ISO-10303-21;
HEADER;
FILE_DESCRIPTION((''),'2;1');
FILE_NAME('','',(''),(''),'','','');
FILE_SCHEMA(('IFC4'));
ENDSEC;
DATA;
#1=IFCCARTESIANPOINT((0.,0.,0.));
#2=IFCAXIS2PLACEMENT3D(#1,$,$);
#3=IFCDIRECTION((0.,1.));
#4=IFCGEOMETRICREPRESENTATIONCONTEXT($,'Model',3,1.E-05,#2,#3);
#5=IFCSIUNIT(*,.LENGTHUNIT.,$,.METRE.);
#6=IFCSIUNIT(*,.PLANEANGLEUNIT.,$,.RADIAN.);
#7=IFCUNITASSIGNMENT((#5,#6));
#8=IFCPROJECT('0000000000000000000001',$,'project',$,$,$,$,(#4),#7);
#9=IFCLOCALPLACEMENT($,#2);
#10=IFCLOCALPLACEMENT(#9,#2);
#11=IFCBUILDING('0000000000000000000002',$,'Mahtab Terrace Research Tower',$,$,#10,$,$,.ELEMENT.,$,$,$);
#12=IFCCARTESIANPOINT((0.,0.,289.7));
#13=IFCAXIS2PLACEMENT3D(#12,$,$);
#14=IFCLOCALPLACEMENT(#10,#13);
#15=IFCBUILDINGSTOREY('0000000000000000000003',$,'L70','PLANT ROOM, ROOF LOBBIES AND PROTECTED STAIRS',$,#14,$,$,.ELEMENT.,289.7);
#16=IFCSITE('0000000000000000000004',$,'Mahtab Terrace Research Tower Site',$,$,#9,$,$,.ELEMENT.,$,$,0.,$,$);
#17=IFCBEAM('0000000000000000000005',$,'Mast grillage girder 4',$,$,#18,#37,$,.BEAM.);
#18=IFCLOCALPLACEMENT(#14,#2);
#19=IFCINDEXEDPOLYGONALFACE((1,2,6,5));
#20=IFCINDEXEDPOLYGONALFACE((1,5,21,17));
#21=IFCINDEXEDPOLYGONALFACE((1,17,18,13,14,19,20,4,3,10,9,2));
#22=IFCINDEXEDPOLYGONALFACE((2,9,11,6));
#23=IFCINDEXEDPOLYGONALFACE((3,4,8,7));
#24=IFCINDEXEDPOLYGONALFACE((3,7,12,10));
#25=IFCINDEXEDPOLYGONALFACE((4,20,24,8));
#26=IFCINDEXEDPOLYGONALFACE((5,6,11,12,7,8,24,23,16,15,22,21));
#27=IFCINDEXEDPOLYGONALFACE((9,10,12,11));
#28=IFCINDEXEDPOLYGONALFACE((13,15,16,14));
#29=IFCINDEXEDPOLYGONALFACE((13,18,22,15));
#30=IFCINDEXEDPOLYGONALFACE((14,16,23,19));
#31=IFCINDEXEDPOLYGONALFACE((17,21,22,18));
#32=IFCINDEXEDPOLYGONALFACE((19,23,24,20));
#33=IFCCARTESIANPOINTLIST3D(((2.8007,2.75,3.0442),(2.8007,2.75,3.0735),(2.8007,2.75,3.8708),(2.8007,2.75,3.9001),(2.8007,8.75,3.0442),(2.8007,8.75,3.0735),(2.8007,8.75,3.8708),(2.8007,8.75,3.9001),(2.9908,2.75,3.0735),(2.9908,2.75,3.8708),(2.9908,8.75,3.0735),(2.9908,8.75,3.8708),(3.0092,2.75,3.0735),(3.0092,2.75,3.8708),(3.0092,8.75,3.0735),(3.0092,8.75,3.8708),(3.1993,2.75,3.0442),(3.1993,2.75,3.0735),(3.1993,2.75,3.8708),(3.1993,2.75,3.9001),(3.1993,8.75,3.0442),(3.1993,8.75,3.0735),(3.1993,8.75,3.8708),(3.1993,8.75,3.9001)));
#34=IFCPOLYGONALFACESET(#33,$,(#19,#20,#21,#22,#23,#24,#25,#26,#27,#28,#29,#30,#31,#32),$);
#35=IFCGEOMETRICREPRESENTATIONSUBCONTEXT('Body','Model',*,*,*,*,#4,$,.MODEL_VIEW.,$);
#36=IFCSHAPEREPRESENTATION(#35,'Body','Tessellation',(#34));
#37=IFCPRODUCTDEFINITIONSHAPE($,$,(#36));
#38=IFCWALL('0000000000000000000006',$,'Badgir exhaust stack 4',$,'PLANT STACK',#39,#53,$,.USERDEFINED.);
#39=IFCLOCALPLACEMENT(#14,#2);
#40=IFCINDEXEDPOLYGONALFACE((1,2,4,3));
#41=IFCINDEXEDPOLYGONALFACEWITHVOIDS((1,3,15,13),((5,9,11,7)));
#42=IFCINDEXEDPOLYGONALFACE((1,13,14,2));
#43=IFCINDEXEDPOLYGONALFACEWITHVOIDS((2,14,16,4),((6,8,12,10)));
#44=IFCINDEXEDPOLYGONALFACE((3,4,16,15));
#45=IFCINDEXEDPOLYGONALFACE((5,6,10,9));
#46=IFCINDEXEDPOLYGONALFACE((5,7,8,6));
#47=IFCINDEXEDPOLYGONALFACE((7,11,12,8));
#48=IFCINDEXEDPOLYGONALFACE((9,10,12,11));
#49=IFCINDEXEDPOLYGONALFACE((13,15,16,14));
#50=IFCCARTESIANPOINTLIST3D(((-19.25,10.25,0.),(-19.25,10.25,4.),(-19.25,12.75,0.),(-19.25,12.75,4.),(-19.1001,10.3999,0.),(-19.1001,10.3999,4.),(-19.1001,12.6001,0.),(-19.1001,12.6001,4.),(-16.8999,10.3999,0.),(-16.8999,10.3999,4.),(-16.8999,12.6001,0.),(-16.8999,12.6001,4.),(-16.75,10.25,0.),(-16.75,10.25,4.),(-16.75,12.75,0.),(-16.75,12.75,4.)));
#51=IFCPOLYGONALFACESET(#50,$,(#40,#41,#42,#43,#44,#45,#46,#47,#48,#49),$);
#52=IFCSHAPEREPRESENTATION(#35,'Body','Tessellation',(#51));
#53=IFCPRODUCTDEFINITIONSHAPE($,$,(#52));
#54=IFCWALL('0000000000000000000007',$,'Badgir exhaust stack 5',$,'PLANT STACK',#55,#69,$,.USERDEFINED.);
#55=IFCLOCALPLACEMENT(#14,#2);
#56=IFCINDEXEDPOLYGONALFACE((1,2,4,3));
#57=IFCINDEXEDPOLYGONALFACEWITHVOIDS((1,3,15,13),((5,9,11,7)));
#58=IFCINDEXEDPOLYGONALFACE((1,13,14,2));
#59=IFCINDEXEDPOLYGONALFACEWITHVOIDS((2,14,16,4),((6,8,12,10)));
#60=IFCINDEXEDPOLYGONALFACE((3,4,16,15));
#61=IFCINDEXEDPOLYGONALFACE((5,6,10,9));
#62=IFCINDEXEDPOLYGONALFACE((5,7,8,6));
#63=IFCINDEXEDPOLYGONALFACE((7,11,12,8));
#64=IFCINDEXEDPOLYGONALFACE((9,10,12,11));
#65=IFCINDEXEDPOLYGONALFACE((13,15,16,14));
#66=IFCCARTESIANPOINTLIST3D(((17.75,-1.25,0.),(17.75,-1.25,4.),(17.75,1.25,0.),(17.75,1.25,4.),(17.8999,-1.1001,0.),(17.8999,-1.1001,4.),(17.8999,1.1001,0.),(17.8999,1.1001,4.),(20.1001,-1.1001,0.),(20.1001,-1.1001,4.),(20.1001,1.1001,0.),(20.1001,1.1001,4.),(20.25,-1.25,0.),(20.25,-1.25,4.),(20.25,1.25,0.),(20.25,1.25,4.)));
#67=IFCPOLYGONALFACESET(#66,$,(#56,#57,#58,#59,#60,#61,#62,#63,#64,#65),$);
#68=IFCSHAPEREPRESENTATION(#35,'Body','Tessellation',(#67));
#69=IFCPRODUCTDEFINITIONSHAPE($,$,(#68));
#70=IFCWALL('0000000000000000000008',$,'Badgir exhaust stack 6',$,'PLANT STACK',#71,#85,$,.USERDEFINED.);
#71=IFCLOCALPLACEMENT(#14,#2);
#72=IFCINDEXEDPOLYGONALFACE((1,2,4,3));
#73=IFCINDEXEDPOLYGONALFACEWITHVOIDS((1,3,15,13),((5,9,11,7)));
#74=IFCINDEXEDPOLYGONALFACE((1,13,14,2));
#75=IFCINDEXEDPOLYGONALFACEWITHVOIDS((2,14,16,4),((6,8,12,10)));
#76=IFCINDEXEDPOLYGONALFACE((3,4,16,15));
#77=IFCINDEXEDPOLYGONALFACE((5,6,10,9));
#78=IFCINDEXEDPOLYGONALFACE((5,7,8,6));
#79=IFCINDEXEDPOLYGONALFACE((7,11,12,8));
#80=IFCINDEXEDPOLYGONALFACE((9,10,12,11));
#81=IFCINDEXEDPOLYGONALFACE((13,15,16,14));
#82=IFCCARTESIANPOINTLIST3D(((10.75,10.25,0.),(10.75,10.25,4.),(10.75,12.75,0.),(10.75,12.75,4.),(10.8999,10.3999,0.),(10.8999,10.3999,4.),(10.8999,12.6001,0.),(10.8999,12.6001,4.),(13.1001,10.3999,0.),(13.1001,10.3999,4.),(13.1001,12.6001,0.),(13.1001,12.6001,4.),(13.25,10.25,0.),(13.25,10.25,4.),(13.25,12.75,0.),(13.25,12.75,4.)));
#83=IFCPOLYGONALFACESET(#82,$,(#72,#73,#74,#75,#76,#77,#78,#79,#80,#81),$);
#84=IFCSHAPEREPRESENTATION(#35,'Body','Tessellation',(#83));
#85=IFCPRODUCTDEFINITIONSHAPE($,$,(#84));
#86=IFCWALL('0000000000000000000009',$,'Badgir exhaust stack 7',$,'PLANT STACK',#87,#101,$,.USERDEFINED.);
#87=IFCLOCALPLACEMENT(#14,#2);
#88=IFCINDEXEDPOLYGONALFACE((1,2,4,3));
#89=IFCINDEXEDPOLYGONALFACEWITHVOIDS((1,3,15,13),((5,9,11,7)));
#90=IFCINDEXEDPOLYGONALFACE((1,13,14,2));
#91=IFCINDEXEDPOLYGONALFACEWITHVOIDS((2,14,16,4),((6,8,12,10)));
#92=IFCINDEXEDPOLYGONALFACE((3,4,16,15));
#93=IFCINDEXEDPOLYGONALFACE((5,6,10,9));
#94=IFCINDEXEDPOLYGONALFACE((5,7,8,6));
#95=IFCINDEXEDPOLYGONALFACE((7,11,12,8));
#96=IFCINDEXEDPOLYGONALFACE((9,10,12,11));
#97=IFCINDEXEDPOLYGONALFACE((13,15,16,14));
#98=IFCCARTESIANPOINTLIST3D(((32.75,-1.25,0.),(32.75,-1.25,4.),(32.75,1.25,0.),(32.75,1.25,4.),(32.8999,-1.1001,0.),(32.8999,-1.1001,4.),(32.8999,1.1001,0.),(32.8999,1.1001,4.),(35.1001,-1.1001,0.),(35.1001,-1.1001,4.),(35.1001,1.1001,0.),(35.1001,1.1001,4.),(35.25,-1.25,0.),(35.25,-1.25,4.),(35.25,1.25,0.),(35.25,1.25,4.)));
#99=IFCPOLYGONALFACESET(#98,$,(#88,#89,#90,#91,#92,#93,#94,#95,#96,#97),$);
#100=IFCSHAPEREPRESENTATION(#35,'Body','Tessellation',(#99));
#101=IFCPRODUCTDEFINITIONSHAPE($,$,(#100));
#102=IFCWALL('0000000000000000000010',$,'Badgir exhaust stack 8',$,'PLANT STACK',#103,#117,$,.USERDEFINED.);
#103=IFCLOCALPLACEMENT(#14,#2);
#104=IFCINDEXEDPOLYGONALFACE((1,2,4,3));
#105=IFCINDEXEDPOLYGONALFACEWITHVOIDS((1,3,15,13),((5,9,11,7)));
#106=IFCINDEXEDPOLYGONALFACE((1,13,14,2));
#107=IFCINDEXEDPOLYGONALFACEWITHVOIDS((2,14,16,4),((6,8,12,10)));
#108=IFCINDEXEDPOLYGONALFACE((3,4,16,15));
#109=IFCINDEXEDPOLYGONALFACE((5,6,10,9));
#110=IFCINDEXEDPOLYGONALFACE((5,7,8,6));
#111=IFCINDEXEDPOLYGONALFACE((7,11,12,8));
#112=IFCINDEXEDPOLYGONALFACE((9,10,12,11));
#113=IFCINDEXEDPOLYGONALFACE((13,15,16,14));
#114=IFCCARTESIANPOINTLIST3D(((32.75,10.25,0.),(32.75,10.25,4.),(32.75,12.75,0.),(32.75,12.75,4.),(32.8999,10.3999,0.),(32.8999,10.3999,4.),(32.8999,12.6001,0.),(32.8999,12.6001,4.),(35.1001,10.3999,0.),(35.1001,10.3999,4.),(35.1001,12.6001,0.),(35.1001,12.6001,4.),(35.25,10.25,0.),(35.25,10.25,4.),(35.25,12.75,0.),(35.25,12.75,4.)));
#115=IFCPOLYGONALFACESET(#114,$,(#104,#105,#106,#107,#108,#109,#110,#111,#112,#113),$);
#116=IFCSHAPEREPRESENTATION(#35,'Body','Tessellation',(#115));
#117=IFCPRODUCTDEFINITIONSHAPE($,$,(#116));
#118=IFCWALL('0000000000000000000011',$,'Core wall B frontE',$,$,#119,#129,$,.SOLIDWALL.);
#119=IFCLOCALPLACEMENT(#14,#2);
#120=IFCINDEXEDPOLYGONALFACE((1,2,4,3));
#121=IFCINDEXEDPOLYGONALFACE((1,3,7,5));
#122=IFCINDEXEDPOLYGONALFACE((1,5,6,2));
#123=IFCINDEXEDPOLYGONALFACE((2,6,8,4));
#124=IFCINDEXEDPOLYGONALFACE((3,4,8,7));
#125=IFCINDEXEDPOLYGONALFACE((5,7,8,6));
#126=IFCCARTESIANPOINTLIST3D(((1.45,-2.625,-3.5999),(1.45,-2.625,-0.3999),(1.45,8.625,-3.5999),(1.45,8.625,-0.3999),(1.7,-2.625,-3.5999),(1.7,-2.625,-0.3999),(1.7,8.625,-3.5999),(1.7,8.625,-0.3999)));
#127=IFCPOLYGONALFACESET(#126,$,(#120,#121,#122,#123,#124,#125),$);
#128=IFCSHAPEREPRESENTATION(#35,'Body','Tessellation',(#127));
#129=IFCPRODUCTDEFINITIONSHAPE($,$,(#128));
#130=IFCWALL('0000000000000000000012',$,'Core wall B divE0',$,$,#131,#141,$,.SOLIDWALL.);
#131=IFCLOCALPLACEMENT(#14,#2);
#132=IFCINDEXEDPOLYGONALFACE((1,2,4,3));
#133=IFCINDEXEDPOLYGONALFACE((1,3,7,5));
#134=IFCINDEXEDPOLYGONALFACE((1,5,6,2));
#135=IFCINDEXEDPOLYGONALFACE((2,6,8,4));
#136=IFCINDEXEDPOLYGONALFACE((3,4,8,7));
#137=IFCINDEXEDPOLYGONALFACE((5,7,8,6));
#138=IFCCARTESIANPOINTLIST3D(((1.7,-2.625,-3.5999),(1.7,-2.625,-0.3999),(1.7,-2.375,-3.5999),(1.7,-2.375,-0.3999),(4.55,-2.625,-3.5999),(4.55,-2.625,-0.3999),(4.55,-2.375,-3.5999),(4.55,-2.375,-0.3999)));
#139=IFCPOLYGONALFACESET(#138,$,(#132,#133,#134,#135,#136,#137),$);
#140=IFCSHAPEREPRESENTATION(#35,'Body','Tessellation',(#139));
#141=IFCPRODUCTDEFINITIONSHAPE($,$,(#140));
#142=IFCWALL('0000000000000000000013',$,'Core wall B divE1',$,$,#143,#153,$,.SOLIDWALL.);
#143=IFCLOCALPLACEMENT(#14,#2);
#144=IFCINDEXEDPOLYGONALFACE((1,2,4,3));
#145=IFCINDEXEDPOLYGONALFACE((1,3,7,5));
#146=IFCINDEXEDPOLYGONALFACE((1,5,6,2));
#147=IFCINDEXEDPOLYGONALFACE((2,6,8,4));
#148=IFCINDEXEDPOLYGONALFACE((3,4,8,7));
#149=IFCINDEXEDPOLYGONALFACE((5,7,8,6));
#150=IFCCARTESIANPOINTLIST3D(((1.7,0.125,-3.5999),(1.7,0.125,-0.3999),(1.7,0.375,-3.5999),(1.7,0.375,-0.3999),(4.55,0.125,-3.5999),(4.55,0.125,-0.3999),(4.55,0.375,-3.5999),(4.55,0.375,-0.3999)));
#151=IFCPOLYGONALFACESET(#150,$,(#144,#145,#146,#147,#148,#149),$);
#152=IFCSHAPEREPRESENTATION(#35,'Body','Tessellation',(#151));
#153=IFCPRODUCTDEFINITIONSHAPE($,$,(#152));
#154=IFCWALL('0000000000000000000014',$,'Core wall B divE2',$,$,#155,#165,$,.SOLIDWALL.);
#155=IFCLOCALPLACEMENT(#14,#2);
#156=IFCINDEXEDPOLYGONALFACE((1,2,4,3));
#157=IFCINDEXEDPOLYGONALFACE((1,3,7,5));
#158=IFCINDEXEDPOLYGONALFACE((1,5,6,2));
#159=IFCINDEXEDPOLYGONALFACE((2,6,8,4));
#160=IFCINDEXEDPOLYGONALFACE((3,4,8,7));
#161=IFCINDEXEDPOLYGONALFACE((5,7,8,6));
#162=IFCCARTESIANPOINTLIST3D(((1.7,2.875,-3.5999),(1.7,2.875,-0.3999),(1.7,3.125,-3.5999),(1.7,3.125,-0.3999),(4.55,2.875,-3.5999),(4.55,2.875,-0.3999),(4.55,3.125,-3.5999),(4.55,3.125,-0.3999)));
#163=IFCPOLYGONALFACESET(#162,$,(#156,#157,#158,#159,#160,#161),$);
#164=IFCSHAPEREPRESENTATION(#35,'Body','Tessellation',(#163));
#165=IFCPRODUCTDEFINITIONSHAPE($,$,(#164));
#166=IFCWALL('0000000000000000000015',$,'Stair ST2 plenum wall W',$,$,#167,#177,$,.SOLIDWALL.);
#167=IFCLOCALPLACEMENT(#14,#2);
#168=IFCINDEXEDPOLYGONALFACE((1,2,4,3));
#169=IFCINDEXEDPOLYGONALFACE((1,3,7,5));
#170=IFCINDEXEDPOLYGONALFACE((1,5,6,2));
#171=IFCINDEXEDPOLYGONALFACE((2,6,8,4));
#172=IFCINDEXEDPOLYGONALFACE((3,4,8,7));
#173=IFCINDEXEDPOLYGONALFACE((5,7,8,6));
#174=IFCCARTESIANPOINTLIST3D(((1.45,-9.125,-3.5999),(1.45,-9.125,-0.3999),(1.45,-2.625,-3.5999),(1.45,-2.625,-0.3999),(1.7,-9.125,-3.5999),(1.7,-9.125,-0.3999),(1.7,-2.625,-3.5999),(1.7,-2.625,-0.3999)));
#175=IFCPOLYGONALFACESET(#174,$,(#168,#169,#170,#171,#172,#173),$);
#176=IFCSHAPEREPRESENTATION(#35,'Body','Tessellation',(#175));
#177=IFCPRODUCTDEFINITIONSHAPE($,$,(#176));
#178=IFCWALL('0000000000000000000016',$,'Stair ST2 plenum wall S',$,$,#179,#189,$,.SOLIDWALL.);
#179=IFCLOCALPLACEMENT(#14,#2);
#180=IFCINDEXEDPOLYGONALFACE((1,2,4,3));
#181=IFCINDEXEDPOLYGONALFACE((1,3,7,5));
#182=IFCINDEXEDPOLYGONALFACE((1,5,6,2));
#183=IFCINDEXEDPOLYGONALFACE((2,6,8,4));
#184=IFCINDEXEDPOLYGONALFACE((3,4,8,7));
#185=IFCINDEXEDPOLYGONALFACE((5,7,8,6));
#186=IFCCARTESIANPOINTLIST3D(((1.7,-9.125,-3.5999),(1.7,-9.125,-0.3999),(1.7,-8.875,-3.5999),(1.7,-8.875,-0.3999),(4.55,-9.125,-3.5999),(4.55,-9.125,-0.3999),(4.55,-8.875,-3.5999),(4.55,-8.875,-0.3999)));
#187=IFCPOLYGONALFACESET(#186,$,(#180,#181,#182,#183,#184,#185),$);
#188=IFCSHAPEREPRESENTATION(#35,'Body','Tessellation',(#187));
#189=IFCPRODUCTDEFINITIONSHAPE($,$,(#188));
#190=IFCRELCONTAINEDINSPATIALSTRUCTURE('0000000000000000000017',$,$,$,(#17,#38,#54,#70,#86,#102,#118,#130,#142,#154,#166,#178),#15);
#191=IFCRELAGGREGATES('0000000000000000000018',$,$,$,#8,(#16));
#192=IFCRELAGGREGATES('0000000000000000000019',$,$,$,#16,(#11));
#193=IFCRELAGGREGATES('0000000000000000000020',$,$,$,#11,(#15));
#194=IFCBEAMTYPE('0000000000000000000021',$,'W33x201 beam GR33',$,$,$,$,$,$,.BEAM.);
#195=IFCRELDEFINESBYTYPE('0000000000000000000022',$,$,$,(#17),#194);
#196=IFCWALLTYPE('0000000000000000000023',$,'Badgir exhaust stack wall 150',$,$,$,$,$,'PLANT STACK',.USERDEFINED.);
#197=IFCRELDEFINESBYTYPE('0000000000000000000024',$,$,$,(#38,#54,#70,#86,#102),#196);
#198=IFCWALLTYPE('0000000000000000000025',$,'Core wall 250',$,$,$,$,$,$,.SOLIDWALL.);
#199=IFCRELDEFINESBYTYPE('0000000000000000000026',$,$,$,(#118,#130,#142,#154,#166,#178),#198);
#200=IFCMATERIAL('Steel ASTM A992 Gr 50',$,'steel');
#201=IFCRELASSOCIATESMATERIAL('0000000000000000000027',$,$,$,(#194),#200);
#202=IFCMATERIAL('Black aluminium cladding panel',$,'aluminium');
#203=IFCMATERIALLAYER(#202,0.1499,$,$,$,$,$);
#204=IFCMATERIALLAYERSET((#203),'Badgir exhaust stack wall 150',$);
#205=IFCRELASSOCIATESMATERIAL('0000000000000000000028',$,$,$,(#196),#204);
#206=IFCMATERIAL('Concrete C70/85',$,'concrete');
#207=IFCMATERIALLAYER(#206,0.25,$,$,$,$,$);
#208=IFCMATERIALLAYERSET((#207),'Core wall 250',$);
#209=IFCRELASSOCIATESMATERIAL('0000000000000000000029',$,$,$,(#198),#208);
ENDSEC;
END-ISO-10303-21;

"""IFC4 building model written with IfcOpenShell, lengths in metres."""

from ifc_helpers import new_model, si_unit, direction, frame, frame_2d, origin, origin_2d, place, context, subcontext, project, spatial, polyline, rectangle, i_section, outline, extrude, material, layer, layer_set, material_profile, profile_set, type_object, element, save


model = new_model("IFC4")

# Units and contexts
model_context = context("Model", 3, precision=1e-05, world=origin(), true_north=direction((0.0, 1.0)))
body_context = subcontext(model_context, "Body", "Model", "MODEL_VIEW")
ifc_project = project(units=[si_unit("LENGTHUNIT", "METRE"), si_unit("PLANEANGLEUNIT", "RADIAN")], contexts=[model_context])

# Site, building, storey
site_placement = place(None, origin())
site = spatial("IfcSite", under=ifc_project, at=site_placement, Name="Mahtab Terrace Research Tower Site", CompositionType="ELEMENT", RefElevation=0.0)
building_placement = place(site_placement, origin())
building = spatial("IfcBuilding", under=site, at=building_placement, Name="Mahtab Terrace Research Tower", CompositionType="ELEMENT")
storey_placement = place(building_placement, frame((0.0, 0.0, 289.7)))
storey = spatial("IfcBuildingStorey", under=building, at=storey_placement, Name="L70", Description="PLANT ROOM, ROOF LOBBIES AND PROTECTED STAIRS", CompositionType="ELEMENT", Elevation=289.7)

# Beam
ifc_material_1 = material(Name="Steel ASTM A992 Gr 50", Category="steel")
ifc_material_profile = material_profile(ifc_material_1, i_section(OverallWidth=0.3987, OverallDepth=0.856, WebThickness=0.0183, FlangeThickness=0.0293, at=origin_2d()), Name="W33X201")
ifc_profile_set = profile_set([ifc_material_profile], Name="Steel ASTM A992 Gr 50")
beam_type = type_object("IfcBeamType", Name="W33x201 beam GR33", PredefinedType="BEAM", material=ifc_profile_set)
beam_placement = place(storey_placement, frame((3.0, 2.75, 3.4722), z_axis=(0.0, 1.0, 0.0), x_axis=(-1.0, 0.0, 0.0)))
element("IfcBeam", 1, at=beam_placement, inside=storey, type_object=beam_type, Name="Mast grillage girder 4", PredefinedType="BEAM", context=body_context, shape_type="SweptSolid", body=[
    extrude(i_section(OverallWidth=0.3987, OverallDepth=0.856, WebThickness=0.0183, FlangeThickness=0.0293, at=origin_2d()), origin(), (0.0, 0.0, 1.0), 6.0),
])

# Walls
ifc_material_2 = material(Name="Black aluminium cladding panel", Category="aluminium")
ifc_layer_1 = layer(ifc_material_2, 0.1499)
ifc_layer_set_1 = layer_set([ifc_layer_1], Name="Badgir exhaust stack wall 150")
wall_type_1 = type_object("IfcWallType", Name="Badgir exhaust stack wall 150", ElementType="PLANT STACK", PredefinedType="USERDEFINED", material=ifc_layer_set_1)
wall_1_placement = place(storey_placement, origin())
element("IfcWall", 2, at=wall_1_placement, inside=storey, type_object=wall_type_1, Name="Badgir exhaust stack 4", ObjectType="PLANT STACK", PredefinedType="USERDEFINED", context=body_context, shape_type="SweptSolid", body=[
    extrude(outline(polyline([(-16.75, 10.25), (-16.75, 12.75), (-19.25, 12.75), (-19.25, 10.25), (-16.75, 10.25)]), holes=[polyline([(-16.8999, 10.3999), (-16.8999, 12.6001), (-19.1001, 12.6001), (-19.1001, 10.3999), (-16.8999, 10.3999)])]), origin(), (0.0, 0.0, 1.0), 4.0),
])
wall_2_placement = place(storey_placement, origin())
element("IfcWall", 3, at=wall_2_placement, inside=storey, type_object=wall_type_1, Name="Badgir exhaust stack 5", ObjectType="PLANT STACK", PredefinedType="USERDEFINED", context=body_context, shape_type="SweptSolid", body=[
    extrude(outline(polyline([(20.25, -1.25), (20.25, 1.25), (17.75, 1.25), (17.75, -1.25), (20.25, -1.25)]), holes=[polyline([(20.1001, -1.1001), (20.1001, 1.1001), (17.8999, 1.1001), (17.8999, -1.1001), (20.1001, -1.1001)])]), origin(), (0.0, 0.0, 1.0), 4.0),
])
wall_3_placement = place(storey_placement, origin())
element("IfcWall", 4, at=wall_3_placement, inside=storey, type_object=wall_type_1, Name="Badgir exhaust stack 6", ObjectType="PLANT STACK", PredefinedType="USERDEFINED", context=body_context, shape_type="SweptSolid", body=[
    extrude(outline(polyline([(13.25, 10.25), (13.25, 12.75), (10.75, 12.75), (10.75, 10.25), (13.25, 10.25)]), holes=[polyline([(13.1001, 10.3999), (13.1001, 12.6001), (10.8999, 12.6001), (10.8999, 10.3999), (13.1001, 10.3999)])]), origin(), (0.0, 0.0, 1.0), 4.0),
])
wall_4_placement = place(storey_placement, origin())
element("IfcWall", 5, at=wall_4_placement, inside=storey, type_object=wall_type_1, Name="Badgir exhaust stack 7", ObjectType="PLANT STACK", PredefinedType="USERDEFINED", context=body_context, shape_type="SweptSolid", body=[
    extrude(outline(polyline([(35.25, -1.25), (35.25, 1.25), (32.75, 1.25), (32.75, -1.25), (35.25, -1.25)]), holes=[polyline([(35.1001, -1.1001), (35.1001, 1.1001), (32.8999, 1.1001), (32.8999, -1.1001), (35.1001, -1.1001)])]), origin(), (0.0, 0.0, 1.0), 4.0),
])
wall_5_placement = place(storey_placement, origin())
element("IfcWall", 6, at=wall_5_placement, inside=storey, type_object=wall_type_1, Name="Badgir exhaust stack 8", ObjectType="PLANT STACK", PredefinedType="USERDEFINED", context=body_context, shape_type="SweptSolid", body=[
    extrude(outline(polyline([(35.25, 10.25), (35.25, 12.75), (32.75, 12.75), (32.75, 10.25), (35.25, 10.25)]), holes=[polyline([(35.1001, 10.3999), (35.1001, 12.6001), (32.8999, 12.6001), (32.8999, 10.3999), (35.1001, 10.3999)])]), origin(), (0.0, 0.0, 1.0), 4.0),
])
ifc_material_3 = material(Name="Concrete C70/85", Category="concrete")
ifc_layer_2 = layer(ifc_material_3, 0.25)
ifc_layer_set_2 = layer_set([ifc_layer_2], Name="Core wall 250")
wall_type_2 = type_object("IfcWallType", Name="Core wall 250", PredefinedType="SOLIDWALL", material=ifc_layer_set_2)
wall_6_placement = place(storey_placement, frame((1.575, -2.625, -3.5999), z_axis=(0.0, 0.0, 1.0), x_axis=(0.0, 1.0, 0.0)))
element("IfcWall", 7, at=wall_6_placement, inside=storey, type_object=wall_type_2, Name="Core wall B frontE", PredefinedType="SOLIDWALL", context=body_context, shape_type="SweptSolid", body=[
    extrude(rectangle(XDim=11.25, YDim=0.25, at=frame_2d((5.625, 0.0))), origin(), (0.0, 0.0, 1.0), 3.2),
])
for number, where, z_axis, x_axis, name in (
    (8, (1.7, -2.5, -3.5999), (0.0, 0.0, 1.0), (1.0, 0.0, 0.0), "Core wall B divE0"),
    (9, (1.7, 0.25, -3.5999), (0.0, 0.0, 1.0), (1.0, 0.0, 0.0), "Core wall B divE1"),
    (10, (1.7, 3.0, -3.5999), (0.0, 0.0, 1.0), (1.0, 0.0, 0.0), "Core wall B divE2"),
):
    element("IfcWall", number, at=place(storey_placement, frame(where, z_axis=z_axis, x_axis=x_axis)), inside=storey, type_object=wall_type_2, Name=name, PredefinedType="SOLIDWALL", context=body_context, shape_type="SweptSolid", body=[
        extrude(rectangle(XDim=2.8501, YDim=0.25, at=frame_2d((1.425, 0.0))), origin(), (0.0, 0.0, 1.0), 3.2),
    ])
wall_7_placement = place(storey_placement, frame((1.575, -9.125, -3.5999), z_axis=(0.0, 0.0, 1.0), x_axis=(0.0, 1.0, 0.0)))
element("IfcWall", 11, at=wall_7_placement, inside=storey, type_object=wall_type_2, Name="Stair ST2 plenum wall W", PredefinedType="SOLIDWALL", context=body_context, shape_type="SweptSolid", body=[
    extrude(rectangle(XDim=6.5, YDim=0.25, at=frame_2d((3.25, 0.0))), origin(), (0.0, 0.0, 1.0), 3.2),
])
for number, where, z_axis, x_axis, name in (
    (12, (1.7, -9.0, -3.5999), (0.0, 0.0, 1.0), (1.0, 0.0, 0.0), "Stair ST2 plenum wall S"),
):
    element("IfcWall", number, at=place(storey_placement, frame(where, z_axis=z_axis, x_axis=x_axis)), inside=storey, type_object=wall_type_2, Name=name, PredefinedType="SOLIDWALL", context=body_context, shape_type="SweptSolid", body=[
        extrude(rectangle(XDim=2.8501, YDim=0.25, at=frame_2d((1.425, 0.0))), origin(), (0.0, 0.0, 1.0), 3.2),
    ])

save(model, "model.ifc")
